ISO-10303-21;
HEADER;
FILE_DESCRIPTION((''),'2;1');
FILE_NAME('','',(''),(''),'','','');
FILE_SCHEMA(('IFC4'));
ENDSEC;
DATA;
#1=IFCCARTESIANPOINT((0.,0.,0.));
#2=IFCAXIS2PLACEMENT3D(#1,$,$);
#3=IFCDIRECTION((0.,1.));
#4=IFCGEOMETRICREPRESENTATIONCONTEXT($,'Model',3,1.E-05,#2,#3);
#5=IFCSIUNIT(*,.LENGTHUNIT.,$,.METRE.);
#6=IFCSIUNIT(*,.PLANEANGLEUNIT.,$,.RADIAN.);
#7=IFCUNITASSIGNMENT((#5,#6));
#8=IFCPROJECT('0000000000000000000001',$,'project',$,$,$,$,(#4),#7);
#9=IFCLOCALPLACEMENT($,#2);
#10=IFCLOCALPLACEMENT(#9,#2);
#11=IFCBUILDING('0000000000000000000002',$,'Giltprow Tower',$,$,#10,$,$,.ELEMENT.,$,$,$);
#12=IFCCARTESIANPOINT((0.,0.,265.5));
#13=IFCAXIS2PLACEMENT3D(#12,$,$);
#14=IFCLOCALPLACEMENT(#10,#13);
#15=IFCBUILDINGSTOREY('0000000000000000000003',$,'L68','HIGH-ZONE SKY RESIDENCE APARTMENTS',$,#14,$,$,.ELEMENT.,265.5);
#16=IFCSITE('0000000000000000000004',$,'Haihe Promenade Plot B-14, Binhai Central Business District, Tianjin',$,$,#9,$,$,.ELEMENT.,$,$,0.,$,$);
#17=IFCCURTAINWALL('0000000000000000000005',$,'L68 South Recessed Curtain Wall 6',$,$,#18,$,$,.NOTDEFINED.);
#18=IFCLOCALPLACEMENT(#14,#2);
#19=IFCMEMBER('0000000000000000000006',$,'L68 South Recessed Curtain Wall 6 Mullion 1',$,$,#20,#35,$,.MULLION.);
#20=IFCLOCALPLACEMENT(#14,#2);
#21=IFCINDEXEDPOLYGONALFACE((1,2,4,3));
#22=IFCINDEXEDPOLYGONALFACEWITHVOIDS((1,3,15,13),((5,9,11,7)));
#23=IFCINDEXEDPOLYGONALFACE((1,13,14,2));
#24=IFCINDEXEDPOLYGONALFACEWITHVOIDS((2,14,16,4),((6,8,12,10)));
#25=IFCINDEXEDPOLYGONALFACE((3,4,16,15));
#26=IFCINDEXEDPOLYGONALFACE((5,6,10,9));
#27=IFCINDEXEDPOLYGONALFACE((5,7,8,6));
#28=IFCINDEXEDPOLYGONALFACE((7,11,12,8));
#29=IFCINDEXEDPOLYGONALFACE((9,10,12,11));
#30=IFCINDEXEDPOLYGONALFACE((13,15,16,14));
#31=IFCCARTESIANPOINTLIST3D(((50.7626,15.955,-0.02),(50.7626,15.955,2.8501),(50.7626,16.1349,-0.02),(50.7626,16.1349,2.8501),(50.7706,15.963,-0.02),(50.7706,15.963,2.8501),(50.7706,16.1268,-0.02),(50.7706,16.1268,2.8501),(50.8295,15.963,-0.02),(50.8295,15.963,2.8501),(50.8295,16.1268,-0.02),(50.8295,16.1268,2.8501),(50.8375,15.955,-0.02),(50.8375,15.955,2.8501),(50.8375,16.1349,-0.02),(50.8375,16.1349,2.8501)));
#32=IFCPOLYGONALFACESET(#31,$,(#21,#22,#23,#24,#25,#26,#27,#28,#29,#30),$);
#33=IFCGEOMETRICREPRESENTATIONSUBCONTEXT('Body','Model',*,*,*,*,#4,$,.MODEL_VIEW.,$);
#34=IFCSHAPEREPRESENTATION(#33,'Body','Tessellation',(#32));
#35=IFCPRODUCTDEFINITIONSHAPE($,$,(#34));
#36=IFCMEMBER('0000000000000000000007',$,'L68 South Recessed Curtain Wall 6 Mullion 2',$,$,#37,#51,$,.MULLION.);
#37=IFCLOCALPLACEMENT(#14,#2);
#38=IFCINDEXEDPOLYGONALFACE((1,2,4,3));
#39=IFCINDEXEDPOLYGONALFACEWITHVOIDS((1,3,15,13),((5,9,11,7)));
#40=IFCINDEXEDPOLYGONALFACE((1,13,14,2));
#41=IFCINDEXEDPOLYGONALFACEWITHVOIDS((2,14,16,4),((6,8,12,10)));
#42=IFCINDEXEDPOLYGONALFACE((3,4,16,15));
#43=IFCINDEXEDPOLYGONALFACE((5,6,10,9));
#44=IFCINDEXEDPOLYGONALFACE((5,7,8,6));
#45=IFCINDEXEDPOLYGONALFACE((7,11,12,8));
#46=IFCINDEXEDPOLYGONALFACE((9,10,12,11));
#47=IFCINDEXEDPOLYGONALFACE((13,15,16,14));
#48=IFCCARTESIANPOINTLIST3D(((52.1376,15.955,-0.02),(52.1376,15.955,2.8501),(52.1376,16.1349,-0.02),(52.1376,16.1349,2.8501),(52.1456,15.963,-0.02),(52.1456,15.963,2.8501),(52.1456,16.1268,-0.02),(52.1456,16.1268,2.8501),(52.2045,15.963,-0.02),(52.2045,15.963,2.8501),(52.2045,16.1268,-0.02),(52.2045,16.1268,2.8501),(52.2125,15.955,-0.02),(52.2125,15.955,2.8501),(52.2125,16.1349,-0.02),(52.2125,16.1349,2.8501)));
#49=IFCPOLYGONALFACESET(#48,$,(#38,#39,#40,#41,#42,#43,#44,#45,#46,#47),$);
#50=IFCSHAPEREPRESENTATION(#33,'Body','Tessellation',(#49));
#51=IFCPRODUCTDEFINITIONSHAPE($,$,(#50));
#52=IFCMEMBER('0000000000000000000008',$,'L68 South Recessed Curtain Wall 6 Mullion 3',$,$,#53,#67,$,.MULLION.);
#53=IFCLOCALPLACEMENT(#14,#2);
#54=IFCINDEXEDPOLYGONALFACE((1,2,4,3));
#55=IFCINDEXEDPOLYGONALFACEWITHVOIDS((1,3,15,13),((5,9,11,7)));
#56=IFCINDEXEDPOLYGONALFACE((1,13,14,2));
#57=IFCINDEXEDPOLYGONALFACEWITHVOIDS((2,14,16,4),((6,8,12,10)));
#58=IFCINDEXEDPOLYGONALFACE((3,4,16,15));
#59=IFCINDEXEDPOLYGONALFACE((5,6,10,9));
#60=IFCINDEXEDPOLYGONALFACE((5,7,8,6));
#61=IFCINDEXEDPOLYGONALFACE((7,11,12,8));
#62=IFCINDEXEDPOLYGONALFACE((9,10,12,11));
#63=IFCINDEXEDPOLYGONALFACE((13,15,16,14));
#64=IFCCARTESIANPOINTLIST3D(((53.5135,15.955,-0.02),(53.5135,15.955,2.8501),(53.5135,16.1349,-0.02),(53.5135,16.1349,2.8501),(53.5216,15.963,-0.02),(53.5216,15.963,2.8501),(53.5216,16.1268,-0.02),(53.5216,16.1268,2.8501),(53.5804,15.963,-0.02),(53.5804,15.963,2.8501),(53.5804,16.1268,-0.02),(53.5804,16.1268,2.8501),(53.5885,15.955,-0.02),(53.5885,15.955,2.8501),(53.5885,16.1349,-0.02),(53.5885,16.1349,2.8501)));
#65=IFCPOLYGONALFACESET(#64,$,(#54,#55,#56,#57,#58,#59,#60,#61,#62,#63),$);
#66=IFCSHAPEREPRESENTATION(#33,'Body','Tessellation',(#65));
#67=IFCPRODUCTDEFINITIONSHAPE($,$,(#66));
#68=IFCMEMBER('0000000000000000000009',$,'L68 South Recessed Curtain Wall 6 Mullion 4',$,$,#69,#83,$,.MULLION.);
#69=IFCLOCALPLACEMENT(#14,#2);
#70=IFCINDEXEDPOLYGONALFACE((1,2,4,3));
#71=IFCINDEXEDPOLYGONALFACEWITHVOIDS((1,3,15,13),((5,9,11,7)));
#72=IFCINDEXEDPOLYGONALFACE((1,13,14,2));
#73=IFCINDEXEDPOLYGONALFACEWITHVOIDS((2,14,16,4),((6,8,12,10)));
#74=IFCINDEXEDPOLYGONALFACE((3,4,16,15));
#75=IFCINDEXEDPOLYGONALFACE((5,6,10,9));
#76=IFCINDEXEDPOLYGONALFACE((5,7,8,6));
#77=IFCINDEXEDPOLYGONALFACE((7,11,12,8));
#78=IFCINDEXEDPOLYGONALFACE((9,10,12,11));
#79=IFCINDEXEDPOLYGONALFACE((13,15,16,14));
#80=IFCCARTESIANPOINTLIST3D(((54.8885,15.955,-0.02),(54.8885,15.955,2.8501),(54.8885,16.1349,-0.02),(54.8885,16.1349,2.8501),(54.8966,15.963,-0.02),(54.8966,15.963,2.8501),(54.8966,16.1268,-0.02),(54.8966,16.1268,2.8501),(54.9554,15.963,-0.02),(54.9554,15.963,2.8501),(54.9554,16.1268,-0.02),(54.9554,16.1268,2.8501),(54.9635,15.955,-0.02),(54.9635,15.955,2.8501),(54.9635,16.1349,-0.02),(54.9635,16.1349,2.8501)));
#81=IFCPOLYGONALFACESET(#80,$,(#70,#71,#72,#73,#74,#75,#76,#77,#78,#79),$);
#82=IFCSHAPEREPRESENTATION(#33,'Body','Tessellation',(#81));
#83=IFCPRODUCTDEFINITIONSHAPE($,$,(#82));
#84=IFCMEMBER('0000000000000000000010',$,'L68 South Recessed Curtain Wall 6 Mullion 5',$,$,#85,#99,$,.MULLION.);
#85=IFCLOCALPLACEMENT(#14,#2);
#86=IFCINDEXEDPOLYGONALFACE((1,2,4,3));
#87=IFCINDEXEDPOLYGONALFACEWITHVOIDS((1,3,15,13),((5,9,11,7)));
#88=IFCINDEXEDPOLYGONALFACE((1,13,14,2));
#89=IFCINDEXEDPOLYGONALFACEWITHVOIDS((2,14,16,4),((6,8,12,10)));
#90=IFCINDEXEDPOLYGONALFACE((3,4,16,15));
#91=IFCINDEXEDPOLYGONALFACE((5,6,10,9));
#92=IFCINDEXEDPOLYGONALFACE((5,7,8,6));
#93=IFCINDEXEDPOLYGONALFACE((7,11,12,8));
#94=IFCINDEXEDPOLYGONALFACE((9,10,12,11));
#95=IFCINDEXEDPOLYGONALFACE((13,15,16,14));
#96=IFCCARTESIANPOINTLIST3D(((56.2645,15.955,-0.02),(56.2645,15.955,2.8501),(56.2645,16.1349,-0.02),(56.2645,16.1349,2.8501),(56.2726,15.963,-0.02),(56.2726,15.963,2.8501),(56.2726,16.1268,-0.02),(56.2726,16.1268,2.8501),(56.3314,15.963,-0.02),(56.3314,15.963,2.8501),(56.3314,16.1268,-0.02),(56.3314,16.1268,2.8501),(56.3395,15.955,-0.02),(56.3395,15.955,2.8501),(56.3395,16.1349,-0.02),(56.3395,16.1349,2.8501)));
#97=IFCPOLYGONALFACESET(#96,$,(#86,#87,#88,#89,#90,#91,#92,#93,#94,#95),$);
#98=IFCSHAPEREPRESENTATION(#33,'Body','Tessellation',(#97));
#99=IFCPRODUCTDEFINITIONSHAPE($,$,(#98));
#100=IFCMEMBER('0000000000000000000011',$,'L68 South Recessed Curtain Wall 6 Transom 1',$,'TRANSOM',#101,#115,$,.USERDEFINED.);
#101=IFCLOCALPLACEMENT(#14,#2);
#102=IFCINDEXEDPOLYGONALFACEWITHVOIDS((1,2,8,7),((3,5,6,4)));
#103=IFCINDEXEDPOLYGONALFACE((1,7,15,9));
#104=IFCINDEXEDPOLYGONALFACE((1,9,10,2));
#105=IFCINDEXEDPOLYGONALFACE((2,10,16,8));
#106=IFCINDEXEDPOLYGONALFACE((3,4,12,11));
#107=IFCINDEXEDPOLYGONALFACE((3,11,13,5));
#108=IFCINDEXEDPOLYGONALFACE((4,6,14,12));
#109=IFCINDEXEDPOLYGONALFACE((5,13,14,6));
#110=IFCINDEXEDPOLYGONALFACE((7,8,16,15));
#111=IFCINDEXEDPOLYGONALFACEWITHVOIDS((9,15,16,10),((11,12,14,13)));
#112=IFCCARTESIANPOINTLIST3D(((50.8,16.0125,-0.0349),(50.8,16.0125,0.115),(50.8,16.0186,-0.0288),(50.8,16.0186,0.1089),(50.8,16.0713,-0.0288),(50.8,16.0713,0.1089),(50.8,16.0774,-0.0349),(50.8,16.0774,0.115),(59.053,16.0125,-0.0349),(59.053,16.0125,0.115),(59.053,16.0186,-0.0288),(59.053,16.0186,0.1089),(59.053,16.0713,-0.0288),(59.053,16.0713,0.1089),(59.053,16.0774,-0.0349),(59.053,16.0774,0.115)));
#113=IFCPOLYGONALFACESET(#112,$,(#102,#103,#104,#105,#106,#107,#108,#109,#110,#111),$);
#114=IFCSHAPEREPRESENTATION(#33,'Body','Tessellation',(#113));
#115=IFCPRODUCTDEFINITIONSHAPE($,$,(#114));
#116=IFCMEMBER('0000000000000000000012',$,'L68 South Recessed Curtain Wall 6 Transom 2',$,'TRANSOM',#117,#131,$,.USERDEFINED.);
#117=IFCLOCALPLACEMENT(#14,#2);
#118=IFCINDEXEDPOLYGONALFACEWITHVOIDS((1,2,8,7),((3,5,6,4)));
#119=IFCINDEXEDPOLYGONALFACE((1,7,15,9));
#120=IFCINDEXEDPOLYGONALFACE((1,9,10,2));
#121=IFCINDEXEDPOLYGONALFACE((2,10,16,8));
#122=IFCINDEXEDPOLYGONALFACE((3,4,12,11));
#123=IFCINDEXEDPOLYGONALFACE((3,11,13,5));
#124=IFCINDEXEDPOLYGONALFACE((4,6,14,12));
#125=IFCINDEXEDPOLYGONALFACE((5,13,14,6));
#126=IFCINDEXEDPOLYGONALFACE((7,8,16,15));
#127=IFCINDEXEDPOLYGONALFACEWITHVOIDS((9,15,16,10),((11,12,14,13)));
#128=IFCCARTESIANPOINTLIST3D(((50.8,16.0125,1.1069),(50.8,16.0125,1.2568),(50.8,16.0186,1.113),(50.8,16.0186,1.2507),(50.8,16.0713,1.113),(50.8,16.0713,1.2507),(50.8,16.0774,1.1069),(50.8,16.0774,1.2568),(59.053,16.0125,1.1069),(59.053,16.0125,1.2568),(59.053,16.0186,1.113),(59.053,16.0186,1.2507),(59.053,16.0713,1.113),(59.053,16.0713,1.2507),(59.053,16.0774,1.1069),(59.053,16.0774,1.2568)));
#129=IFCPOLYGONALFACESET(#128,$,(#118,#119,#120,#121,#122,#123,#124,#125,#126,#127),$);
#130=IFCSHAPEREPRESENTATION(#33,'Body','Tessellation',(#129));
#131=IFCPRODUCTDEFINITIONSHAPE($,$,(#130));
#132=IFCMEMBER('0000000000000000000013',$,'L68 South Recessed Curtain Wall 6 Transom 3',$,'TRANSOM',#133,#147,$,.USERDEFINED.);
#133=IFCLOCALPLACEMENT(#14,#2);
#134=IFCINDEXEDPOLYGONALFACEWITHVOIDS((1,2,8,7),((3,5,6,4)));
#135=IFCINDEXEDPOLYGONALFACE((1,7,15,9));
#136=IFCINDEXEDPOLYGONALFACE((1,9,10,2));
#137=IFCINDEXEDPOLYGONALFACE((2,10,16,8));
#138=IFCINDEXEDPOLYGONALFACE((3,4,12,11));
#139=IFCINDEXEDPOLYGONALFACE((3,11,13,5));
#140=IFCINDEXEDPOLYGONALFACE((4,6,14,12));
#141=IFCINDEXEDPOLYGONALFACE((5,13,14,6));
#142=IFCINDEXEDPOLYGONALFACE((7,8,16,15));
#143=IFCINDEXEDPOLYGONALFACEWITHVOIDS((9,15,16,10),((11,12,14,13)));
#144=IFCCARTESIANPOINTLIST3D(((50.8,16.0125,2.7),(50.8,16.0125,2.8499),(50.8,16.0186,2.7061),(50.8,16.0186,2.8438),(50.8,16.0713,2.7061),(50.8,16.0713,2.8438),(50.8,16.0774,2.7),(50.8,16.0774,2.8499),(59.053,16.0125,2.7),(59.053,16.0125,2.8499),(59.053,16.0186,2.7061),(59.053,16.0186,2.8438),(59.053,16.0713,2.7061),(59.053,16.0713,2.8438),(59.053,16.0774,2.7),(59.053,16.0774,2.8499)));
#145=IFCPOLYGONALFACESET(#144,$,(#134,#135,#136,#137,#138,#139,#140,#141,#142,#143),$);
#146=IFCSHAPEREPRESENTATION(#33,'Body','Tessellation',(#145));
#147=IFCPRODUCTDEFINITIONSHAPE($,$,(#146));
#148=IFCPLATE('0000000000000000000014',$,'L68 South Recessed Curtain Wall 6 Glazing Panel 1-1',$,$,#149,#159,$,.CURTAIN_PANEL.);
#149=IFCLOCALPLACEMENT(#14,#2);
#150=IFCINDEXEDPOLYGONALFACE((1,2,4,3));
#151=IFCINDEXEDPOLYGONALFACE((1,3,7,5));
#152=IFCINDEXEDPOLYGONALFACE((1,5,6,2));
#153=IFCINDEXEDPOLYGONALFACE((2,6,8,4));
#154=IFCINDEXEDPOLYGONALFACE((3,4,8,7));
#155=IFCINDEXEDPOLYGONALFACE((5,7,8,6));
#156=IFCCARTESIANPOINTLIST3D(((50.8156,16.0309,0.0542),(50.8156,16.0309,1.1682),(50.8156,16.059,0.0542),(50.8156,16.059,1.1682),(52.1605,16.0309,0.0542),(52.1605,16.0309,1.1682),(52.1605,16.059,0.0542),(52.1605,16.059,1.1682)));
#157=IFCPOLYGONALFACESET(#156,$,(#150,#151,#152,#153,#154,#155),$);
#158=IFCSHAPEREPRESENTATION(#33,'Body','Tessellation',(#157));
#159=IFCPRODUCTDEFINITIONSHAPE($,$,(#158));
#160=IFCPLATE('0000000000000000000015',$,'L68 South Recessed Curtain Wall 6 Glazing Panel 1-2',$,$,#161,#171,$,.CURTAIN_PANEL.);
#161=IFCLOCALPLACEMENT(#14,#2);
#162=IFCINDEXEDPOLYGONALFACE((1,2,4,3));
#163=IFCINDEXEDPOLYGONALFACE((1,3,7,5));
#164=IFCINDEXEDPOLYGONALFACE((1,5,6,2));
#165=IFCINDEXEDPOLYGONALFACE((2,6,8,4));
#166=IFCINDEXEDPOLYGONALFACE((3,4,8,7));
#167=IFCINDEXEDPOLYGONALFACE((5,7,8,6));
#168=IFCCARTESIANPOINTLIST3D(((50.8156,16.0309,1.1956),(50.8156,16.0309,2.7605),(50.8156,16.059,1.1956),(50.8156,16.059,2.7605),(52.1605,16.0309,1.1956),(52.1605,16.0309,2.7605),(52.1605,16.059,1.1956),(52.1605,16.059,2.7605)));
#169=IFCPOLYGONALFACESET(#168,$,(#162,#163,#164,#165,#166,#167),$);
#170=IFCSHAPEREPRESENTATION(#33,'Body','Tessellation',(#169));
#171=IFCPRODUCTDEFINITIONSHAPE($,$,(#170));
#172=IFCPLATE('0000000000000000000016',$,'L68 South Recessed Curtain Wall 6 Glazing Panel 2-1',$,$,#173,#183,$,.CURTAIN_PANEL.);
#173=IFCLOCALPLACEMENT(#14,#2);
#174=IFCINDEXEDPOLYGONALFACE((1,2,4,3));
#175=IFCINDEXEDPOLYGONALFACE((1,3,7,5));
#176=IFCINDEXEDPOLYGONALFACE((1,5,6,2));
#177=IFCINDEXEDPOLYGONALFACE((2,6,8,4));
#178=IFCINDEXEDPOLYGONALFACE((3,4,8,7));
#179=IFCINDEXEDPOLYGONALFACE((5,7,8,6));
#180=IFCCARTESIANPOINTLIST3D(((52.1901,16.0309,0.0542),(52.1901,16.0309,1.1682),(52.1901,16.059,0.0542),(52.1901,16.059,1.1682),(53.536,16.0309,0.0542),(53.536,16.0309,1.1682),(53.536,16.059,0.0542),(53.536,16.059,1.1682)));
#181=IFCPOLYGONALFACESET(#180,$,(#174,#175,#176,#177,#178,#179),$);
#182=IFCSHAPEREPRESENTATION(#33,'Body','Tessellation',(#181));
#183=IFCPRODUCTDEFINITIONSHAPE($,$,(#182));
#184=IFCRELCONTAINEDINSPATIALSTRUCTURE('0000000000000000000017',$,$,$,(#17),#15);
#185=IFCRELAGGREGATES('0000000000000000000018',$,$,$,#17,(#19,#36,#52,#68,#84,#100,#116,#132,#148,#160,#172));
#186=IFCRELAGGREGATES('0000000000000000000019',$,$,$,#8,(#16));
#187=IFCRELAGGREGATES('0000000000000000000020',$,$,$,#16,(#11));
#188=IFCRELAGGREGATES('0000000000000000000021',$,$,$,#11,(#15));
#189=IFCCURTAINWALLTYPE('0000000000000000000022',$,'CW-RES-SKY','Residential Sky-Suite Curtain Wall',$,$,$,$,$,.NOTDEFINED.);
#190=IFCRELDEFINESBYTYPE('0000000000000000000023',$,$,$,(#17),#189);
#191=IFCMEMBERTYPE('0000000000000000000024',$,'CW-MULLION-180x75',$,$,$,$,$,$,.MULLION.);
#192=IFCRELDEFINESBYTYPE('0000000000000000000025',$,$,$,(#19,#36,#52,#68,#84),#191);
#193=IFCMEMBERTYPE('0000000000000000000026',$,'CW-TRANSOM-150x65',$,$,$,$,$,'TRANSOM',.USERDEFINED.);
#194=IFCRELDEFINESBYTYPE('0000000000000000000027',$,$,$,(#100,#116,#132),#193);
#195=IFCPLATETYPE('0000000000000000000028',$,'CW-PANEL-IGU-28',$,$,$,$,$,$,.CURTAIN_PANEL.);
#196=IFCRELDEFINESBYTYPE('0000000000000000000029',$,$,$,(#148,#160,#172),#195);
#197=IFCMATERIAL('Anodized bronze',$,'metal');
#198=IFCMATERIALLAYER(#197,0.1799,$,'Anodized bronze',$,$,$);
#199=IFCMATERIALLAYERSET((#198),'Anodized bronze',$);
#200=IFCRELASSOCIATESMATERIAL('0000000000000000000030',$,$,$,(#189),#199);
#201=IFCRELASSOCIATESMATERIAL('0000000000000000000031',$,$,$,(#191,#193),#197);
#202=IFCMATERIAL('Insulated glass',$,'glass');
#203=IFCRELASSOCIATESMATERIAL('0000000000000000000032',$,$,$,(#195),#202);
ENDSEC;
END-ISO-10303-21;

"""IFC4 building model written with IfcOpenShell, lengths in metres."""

from ifc_helpers import new_model, si_unit, direction, frame, origin, origin_2d, place, context, subcontext, project, spatial, rectangle, hollow_rectangle, extrude, source, transform, mapped, material, layer, layer_set, material_profile, profile_set, type_object, element, aggregate, save


model = new_model("IFC4")

# Units and contexts
model_context = context("Model", 3, precision=1e-05, world=origin(), true_north=direction((0.0, 1.0)))
body_context = subcontext(model_context, "Body", "Model", "MODEL_VIEW")
ifc_project = project(units=[si_unit("LENGTHUNIT", "METRE"), si_unit("PLANEANGLEUNIT", "RADIAN")], contexts=[model_context])

# Site, building, storey
site_placement = place(None, origin())
site = spatial("IfcSite", under=ifc_project, at=site_placement, Name="Haihe Promenade Plot B-14, Binhai Central Business District, Tianjin", CompositionType="ELEMENT", RefElevation=0.0)
building_placement = place(site_placement, origin())
building = spatial("IfcBuilding", under=site, at=building_placement, Name="Giltprow Tower", CompositionType="ELEMENT")
storey_placement = place(building_placement, frame((0.0, 0.0, 265.5)))
storey = spatial("IfcBuildingStorey", under=building, at=storey_placement, Name="L68", Description="HIGH-ZONE SKY RESIDENCE APARTMENTS", CompositionType="ELEMENT", Elevation=265.5)

# Curtain wall, members, plates
ifc_material_1 = material(Name="Anodized bronze", Category="metal")
ifc_layer = layer(ifc_material_1, 0.1799, Name="Anodized bronze")
ifc_layer_set = layer_set([ifc_layer], Name="Anodized bronze")
curtain_wall_type = type_object("IfcCurtainWallType", Name="CW-RES-SKY", Description="Residential Sky-Suite Curtain Wall", PredefinedType="NOTDEFINED", material=ifc_layer_set)
curtain_wall_placement = place(storey_placement, origin())
curtain_wall = element("IfcCurtainWall", 1, at=curtain_wall_placement, inside=storey, type_object=curtain_wall_type, Name="L68 South Recessed Curtain Wall 6", PredefinedType="NOTDEFINED")
ifc_material_profile_1 = material_profile(ifc_material_1, hollow_rectangle(XDim=0.075, YDim=0.1799, WallThickness=0.0081, at=origin_2d()), Name="RHS 180x75x8")
ifc_profile_set_1 = profile_set([ifc_material_profile_1], Name="Anodized bronze")
member_type_1 = type_object("IfcMemberType", Name="CW-MULLION-180x75", PredefinedType="MULLION", material=ifc_profile_set_1)
shared_shape_1 = source(origin(), body_context, "Body", "SweptSolid", [
    extrude(hollow_rectangle(XDim=0.075, YDim=0.1799, WallThickness=0.0081, at=origin_2d()), origin(), (0.0, 0.0, 1.0), 2.8701),
])
member_1_placement = place(storey_placement, frame((50.8, 16.0449, -0.02), z_axis=(0.0, 0.0, 1.0), x_axis=(1.0, 0.0, 0.0)))
member_1 = element("IfcMember", 2, at=member_1_placement, type_object=member_type_1, Name="L68 South Recessed Curtain Wall 6 Mullion 1", PredefinedType="MULLION", context=body_context, shape_type="MappedRepresentation", body=[
    mapped(shared_shape_1, transform((0.0, 0.0, 0.0), x_axis=(1.0, 0.0, 0.0), y_axis=(0.0, 1.0, 0.0), z_axis=(0.0, 0.0, 1.0), scale=1.0)),
])
member_2_placement = place(storey_placement, frame((52.175, 16.0449, -0.02), z_axis=(0.0, 0.0, 1.0), x_axis=(1.0, 0.0, 0.0)))
member_2 = element("IfcMember", 3, at=member_2_placement, type_object=member_type_1, Name="L68 South Recessed Curtain Wall 6 Mullion 2", PredefinedType="MULLION", context=body_context, shape_type="MappedRepresentation", body=[
    mapped(shared_shape_1, transform((0.0, 0.0, 0.0), x_axis=(1.0, 0.0, 0.0), y_axis=(0.0, 1.0, 0.0), z_axis=(0.0, 0.0, 1.0), scale=1.0)),
])
member_3_placement = place(storey_placement, frame((53.551, 16.0449, -0.02), z_axis=(0.0, 0.0, 1.0), x_axis=(1.0, 0.0, 0.0)))
member_3 = element("IfcMember", 4, at=member_3_placement, type_object=member_type_1, Name="L68 South Recessed Curtain Wall 6 Mullion 3", PredefinedType="MULLION", context=body_context, shape_type="MappedRepresentation", body=[
    mapped(shared_shape_1, transform((0.0, 0.0, 0.0), x_axis=(1.0, 0.0, 0.0), y_axis=(0.0, 1.0, 0.0), z_axis=(0.0, 0.0, 1.0), scale=1.0)),
])
member_4_placement = place(storey_placement, frame((54.926, 16.0449, -0.02), z_axis=(0.0, 0.0, 1.0), x_axis=(1.0, 0.0, 0.0)))
member_4 = element("IfcMember", 5, at=member_4_placement, type_object=member_type_1, Name="L68 South Recessed Curtain Wall 6 Mullion 4", PredefinedType="MULLION", context=body_context, shape_type="MappedRepresentation", body=[
    mapped(shared_shape_1, transform((0.0, 0.0, 0.0), x_axis=(1.0, 0.0, 0.0), y_axis=(0.0, 1.0, 0.0), z_axis=(0.0, 0.0, 1.0), scale=1.0)),
])
member_5_placement = place(storey_placement, frame((56.302, 16.0449, -0.02), z_axis=(0.0, 0.0, 1.0), x_axis=(1.0, 0.0, 0.0)))
member_5 = element("IfcMember", 6, at=member_5_placement, type_object=member_type_1, Name="L68 South Recessed Curtain Wall 6 Mullion 5", PredefinedType="MULLION", context=body_context, shape_type="MappedRepresentation", body=[
    mapped(shared_shape_1, transform((0.0, 0.0, 0.0), x_axis=(1.0, 0.0, 0.0), y_axis=(0.0, 1.0, 0.0), z_axis=(0.0, 0.0, 1.0), scale=1.0)),
])
ifc_material_profile_2 = material_profile(ifc_material_1, hollow_rectangle(XDim=0.0649, YDim=0.1499, WallThickness=0.0061, at=origin_2d()), Name="RHS 150x65x6")
ifc_profile_set_2 = profile_set([ifc_material_profile_2], Name="Anodized bronze")
member_type_2 = type_object("IfcMemberType", Name="CW-TRANSOM-150x65", ElementType="TRANSOM", PredefinedType="USERDEFINED", material=ifc_profile_set_2)
shared_shape_2 = source(origin(), body_context, "Body", "SweptSolid", [
    extrude(hollow_rectangle(XDim=0.0649, YDim=0.1499, WallThickness=0.0061, at=origin_2d()), origin(), (0.0, 0.0, 1.0), 8.2529),
])
member_6_placement = place(storey_placement, frame((50.8, 16.0449, 0.04), z_axis=(1.0, 0.0, 0.0), x_axis=(0.0, 1.0, 0.0)))
member_6 = element("IfcMember", 7, at=member_6_placement, type_object=member_type_2, Name="L68 South Recessed Curtain Wall 6 Transom 1", ObjectType="TRANSOM", PredefinedType="USERDEFINED", context=body_context, shape_type="MappedRepresentation", body=[
    mapped(shared_shape_2, transform((0.0, 0.0, 0.0), x_axis=(1.0, 0.0, 0.0), y_axis=(0.0, 1.0, 0.0), z_axis=(0.0, 0.0, 1.0), scale=1.0)),
])
member_7_placement = place(storey_placement, frame((50.8, 16.0449, 1.1819), z_axis=(1.0, 0.0, 0.0), x_axis=(0.0, 1.0, 0.0)))
member_7 = element("IfcMember", 8, at=member_7_placement, type_object=member_type_2, Name="L68 South Recessed Curtain Wall 6 Transom 2", ObjectType="TRANSOM", PredefinedType="USERDEFINED", context=body_context, shape_type="MappedRepresentation", body=[
    mapped(shared_shape_2, transform((0.0, 0.0, 0.0), x_axis=(1.0, 0.0, 0.0), y_axis=(0.0, 1.0, 0.0), z_axis=(0.0, 0.0, 1.0), scale=1.0)),
])
member_8_placement = place(storey_placement, frame((50.8, 16.0449, 2.7749), z_axis=(1.0, 0.0, 0.0), x_axis=(0.0, 1.0, 0.0)))
member_8 = element("IfcMember", 9, at=member_8_placement, type_object=member_type_2, Name="L68 South Recessed Curtain Wall 6 Transom 3", ObjectType="TRANSOM", PredefinedType="USERDEFINED", context=body_context, shape_type="MappedRepresentation", body=[
    mapped(shared_shape_2, transform((0.0, 0.0, 0.0), x_axis=(1.0, 0.0, 0.0), y_axis=(0.0, 1.0, 0.0), z_axis=(0.0, 0.0, 1.0), scale=1.0)),
])
ifc_material_2 = material(Name="Insulated glass", Category="glass")
plate_type = type_object("IfcPlateType", Name="CW-PANEL-IGU-28", PredefinedType="CURTAIN_PANEL", material=ifc_material_2)
shared_shape_3 = source(origin(), body_context, "Body", "SweptSolid", [
    extrude(rectangle(XDim=1.345, YDim=0.0281, at=origin_2d()), origin(), (0.0, 0.0, 1.0), 1.114),
])
plate_1_placement = place(storey_placement, frame((51.488, 16.0449, 0.0542), z_axis=(0.0, 0.0, 1.0), x_axis=(1.0, 0.0, 0.0)))
plate_1 = element("IfcPlate", 10, at=plate_1_placement, type_object=plate_type, Name="L68 South Recessed Curtain Wall 6 Glazing Panel 1-1", PredefinedType="CURTAIN_PANEL", context=body_context, shape_type="MappedRepresentation", body=[
    mapped(shared_shape_3, transform((0.0, 0.0, 0.0), x_axis=(1.0, 0.0, 0.0), y_axis=(0.0, 1.0, 0.0), z_axis=(0.0, 0.0, 1.0), scale=1.0)),
])
shared_shape_4 = source(origin(), body_context, "Body", "SweptSolid", [
    extrude(rectangle(XDim=1.345, YDim=0.0281, at=origin_2d()), origin(), (0.0, 0.0, 1.0), 1.5649),
])
plate_2_placement = place(storey_placement, frame((51.488, 16.0449, 1.1956), z_axis=(0.0, 0.0, 1.0), x_axis=(1.0, 0.0, 0.0)))
plate_2 = element("IfcPlate", 11, at=plate_2_placement, type_object=plate_type, Name="L68 South Recessed Curtain Wall 6 Glazing Panel 1-2", PredefinedType="CURTAIN_PANEL", context=body_context, shape_type="MappedRepresentation", body=[
    mapped(shared_shape_4, transform((0.0, 0.0, 0.0), x_axis=(1.0, 0.0, 0.0), y_axis=(0.0, 1.0, 0.0), z_axis=(0.0, 0.0, 1.0), scale=1.0)),
])
shared_shape_5 = source(origin(), body_context, "Body", "SweptSolid", [
    extrude(rectangle(XDim=1.3459, YDim=0.0281, at=origin_2d()), origin(), (0.0, 0.0, 1.0), 1.114),
])
plate_3_placement = place(storey_placement, frame((52.863, 16.0449, 0.0542), z_axis=(0.0, 0.0, 1.0), x_axis=(1.0, 0.0, 0.0)))
plate_3 = element("IfcPlate", 12, at=plate_3_placement, type_object=plate_type, Name="L68 South Recessed Curtain Wall 6 Glazing Panel 2-1", PredefinedType="CURTAIN_PANEL", context=body_context, shape_type="MappedRepresentation", body=[
    mapped(shared_shape_5, transform((0.0, 0.0, 0.0), x_axis=(1.0, 0.0, 0.0), y_axis=(0.0, 1.0, 0.0), z_axis=(0.0, 0.0, 1.0), scale=1.0)),
])
aggregate(curtain_wall, [member_1, member_2, member_3, member_4, member_5, member_6, member_7, member_8, plate_1, plate_2, plate_3])

save(model, "model.ifc")
